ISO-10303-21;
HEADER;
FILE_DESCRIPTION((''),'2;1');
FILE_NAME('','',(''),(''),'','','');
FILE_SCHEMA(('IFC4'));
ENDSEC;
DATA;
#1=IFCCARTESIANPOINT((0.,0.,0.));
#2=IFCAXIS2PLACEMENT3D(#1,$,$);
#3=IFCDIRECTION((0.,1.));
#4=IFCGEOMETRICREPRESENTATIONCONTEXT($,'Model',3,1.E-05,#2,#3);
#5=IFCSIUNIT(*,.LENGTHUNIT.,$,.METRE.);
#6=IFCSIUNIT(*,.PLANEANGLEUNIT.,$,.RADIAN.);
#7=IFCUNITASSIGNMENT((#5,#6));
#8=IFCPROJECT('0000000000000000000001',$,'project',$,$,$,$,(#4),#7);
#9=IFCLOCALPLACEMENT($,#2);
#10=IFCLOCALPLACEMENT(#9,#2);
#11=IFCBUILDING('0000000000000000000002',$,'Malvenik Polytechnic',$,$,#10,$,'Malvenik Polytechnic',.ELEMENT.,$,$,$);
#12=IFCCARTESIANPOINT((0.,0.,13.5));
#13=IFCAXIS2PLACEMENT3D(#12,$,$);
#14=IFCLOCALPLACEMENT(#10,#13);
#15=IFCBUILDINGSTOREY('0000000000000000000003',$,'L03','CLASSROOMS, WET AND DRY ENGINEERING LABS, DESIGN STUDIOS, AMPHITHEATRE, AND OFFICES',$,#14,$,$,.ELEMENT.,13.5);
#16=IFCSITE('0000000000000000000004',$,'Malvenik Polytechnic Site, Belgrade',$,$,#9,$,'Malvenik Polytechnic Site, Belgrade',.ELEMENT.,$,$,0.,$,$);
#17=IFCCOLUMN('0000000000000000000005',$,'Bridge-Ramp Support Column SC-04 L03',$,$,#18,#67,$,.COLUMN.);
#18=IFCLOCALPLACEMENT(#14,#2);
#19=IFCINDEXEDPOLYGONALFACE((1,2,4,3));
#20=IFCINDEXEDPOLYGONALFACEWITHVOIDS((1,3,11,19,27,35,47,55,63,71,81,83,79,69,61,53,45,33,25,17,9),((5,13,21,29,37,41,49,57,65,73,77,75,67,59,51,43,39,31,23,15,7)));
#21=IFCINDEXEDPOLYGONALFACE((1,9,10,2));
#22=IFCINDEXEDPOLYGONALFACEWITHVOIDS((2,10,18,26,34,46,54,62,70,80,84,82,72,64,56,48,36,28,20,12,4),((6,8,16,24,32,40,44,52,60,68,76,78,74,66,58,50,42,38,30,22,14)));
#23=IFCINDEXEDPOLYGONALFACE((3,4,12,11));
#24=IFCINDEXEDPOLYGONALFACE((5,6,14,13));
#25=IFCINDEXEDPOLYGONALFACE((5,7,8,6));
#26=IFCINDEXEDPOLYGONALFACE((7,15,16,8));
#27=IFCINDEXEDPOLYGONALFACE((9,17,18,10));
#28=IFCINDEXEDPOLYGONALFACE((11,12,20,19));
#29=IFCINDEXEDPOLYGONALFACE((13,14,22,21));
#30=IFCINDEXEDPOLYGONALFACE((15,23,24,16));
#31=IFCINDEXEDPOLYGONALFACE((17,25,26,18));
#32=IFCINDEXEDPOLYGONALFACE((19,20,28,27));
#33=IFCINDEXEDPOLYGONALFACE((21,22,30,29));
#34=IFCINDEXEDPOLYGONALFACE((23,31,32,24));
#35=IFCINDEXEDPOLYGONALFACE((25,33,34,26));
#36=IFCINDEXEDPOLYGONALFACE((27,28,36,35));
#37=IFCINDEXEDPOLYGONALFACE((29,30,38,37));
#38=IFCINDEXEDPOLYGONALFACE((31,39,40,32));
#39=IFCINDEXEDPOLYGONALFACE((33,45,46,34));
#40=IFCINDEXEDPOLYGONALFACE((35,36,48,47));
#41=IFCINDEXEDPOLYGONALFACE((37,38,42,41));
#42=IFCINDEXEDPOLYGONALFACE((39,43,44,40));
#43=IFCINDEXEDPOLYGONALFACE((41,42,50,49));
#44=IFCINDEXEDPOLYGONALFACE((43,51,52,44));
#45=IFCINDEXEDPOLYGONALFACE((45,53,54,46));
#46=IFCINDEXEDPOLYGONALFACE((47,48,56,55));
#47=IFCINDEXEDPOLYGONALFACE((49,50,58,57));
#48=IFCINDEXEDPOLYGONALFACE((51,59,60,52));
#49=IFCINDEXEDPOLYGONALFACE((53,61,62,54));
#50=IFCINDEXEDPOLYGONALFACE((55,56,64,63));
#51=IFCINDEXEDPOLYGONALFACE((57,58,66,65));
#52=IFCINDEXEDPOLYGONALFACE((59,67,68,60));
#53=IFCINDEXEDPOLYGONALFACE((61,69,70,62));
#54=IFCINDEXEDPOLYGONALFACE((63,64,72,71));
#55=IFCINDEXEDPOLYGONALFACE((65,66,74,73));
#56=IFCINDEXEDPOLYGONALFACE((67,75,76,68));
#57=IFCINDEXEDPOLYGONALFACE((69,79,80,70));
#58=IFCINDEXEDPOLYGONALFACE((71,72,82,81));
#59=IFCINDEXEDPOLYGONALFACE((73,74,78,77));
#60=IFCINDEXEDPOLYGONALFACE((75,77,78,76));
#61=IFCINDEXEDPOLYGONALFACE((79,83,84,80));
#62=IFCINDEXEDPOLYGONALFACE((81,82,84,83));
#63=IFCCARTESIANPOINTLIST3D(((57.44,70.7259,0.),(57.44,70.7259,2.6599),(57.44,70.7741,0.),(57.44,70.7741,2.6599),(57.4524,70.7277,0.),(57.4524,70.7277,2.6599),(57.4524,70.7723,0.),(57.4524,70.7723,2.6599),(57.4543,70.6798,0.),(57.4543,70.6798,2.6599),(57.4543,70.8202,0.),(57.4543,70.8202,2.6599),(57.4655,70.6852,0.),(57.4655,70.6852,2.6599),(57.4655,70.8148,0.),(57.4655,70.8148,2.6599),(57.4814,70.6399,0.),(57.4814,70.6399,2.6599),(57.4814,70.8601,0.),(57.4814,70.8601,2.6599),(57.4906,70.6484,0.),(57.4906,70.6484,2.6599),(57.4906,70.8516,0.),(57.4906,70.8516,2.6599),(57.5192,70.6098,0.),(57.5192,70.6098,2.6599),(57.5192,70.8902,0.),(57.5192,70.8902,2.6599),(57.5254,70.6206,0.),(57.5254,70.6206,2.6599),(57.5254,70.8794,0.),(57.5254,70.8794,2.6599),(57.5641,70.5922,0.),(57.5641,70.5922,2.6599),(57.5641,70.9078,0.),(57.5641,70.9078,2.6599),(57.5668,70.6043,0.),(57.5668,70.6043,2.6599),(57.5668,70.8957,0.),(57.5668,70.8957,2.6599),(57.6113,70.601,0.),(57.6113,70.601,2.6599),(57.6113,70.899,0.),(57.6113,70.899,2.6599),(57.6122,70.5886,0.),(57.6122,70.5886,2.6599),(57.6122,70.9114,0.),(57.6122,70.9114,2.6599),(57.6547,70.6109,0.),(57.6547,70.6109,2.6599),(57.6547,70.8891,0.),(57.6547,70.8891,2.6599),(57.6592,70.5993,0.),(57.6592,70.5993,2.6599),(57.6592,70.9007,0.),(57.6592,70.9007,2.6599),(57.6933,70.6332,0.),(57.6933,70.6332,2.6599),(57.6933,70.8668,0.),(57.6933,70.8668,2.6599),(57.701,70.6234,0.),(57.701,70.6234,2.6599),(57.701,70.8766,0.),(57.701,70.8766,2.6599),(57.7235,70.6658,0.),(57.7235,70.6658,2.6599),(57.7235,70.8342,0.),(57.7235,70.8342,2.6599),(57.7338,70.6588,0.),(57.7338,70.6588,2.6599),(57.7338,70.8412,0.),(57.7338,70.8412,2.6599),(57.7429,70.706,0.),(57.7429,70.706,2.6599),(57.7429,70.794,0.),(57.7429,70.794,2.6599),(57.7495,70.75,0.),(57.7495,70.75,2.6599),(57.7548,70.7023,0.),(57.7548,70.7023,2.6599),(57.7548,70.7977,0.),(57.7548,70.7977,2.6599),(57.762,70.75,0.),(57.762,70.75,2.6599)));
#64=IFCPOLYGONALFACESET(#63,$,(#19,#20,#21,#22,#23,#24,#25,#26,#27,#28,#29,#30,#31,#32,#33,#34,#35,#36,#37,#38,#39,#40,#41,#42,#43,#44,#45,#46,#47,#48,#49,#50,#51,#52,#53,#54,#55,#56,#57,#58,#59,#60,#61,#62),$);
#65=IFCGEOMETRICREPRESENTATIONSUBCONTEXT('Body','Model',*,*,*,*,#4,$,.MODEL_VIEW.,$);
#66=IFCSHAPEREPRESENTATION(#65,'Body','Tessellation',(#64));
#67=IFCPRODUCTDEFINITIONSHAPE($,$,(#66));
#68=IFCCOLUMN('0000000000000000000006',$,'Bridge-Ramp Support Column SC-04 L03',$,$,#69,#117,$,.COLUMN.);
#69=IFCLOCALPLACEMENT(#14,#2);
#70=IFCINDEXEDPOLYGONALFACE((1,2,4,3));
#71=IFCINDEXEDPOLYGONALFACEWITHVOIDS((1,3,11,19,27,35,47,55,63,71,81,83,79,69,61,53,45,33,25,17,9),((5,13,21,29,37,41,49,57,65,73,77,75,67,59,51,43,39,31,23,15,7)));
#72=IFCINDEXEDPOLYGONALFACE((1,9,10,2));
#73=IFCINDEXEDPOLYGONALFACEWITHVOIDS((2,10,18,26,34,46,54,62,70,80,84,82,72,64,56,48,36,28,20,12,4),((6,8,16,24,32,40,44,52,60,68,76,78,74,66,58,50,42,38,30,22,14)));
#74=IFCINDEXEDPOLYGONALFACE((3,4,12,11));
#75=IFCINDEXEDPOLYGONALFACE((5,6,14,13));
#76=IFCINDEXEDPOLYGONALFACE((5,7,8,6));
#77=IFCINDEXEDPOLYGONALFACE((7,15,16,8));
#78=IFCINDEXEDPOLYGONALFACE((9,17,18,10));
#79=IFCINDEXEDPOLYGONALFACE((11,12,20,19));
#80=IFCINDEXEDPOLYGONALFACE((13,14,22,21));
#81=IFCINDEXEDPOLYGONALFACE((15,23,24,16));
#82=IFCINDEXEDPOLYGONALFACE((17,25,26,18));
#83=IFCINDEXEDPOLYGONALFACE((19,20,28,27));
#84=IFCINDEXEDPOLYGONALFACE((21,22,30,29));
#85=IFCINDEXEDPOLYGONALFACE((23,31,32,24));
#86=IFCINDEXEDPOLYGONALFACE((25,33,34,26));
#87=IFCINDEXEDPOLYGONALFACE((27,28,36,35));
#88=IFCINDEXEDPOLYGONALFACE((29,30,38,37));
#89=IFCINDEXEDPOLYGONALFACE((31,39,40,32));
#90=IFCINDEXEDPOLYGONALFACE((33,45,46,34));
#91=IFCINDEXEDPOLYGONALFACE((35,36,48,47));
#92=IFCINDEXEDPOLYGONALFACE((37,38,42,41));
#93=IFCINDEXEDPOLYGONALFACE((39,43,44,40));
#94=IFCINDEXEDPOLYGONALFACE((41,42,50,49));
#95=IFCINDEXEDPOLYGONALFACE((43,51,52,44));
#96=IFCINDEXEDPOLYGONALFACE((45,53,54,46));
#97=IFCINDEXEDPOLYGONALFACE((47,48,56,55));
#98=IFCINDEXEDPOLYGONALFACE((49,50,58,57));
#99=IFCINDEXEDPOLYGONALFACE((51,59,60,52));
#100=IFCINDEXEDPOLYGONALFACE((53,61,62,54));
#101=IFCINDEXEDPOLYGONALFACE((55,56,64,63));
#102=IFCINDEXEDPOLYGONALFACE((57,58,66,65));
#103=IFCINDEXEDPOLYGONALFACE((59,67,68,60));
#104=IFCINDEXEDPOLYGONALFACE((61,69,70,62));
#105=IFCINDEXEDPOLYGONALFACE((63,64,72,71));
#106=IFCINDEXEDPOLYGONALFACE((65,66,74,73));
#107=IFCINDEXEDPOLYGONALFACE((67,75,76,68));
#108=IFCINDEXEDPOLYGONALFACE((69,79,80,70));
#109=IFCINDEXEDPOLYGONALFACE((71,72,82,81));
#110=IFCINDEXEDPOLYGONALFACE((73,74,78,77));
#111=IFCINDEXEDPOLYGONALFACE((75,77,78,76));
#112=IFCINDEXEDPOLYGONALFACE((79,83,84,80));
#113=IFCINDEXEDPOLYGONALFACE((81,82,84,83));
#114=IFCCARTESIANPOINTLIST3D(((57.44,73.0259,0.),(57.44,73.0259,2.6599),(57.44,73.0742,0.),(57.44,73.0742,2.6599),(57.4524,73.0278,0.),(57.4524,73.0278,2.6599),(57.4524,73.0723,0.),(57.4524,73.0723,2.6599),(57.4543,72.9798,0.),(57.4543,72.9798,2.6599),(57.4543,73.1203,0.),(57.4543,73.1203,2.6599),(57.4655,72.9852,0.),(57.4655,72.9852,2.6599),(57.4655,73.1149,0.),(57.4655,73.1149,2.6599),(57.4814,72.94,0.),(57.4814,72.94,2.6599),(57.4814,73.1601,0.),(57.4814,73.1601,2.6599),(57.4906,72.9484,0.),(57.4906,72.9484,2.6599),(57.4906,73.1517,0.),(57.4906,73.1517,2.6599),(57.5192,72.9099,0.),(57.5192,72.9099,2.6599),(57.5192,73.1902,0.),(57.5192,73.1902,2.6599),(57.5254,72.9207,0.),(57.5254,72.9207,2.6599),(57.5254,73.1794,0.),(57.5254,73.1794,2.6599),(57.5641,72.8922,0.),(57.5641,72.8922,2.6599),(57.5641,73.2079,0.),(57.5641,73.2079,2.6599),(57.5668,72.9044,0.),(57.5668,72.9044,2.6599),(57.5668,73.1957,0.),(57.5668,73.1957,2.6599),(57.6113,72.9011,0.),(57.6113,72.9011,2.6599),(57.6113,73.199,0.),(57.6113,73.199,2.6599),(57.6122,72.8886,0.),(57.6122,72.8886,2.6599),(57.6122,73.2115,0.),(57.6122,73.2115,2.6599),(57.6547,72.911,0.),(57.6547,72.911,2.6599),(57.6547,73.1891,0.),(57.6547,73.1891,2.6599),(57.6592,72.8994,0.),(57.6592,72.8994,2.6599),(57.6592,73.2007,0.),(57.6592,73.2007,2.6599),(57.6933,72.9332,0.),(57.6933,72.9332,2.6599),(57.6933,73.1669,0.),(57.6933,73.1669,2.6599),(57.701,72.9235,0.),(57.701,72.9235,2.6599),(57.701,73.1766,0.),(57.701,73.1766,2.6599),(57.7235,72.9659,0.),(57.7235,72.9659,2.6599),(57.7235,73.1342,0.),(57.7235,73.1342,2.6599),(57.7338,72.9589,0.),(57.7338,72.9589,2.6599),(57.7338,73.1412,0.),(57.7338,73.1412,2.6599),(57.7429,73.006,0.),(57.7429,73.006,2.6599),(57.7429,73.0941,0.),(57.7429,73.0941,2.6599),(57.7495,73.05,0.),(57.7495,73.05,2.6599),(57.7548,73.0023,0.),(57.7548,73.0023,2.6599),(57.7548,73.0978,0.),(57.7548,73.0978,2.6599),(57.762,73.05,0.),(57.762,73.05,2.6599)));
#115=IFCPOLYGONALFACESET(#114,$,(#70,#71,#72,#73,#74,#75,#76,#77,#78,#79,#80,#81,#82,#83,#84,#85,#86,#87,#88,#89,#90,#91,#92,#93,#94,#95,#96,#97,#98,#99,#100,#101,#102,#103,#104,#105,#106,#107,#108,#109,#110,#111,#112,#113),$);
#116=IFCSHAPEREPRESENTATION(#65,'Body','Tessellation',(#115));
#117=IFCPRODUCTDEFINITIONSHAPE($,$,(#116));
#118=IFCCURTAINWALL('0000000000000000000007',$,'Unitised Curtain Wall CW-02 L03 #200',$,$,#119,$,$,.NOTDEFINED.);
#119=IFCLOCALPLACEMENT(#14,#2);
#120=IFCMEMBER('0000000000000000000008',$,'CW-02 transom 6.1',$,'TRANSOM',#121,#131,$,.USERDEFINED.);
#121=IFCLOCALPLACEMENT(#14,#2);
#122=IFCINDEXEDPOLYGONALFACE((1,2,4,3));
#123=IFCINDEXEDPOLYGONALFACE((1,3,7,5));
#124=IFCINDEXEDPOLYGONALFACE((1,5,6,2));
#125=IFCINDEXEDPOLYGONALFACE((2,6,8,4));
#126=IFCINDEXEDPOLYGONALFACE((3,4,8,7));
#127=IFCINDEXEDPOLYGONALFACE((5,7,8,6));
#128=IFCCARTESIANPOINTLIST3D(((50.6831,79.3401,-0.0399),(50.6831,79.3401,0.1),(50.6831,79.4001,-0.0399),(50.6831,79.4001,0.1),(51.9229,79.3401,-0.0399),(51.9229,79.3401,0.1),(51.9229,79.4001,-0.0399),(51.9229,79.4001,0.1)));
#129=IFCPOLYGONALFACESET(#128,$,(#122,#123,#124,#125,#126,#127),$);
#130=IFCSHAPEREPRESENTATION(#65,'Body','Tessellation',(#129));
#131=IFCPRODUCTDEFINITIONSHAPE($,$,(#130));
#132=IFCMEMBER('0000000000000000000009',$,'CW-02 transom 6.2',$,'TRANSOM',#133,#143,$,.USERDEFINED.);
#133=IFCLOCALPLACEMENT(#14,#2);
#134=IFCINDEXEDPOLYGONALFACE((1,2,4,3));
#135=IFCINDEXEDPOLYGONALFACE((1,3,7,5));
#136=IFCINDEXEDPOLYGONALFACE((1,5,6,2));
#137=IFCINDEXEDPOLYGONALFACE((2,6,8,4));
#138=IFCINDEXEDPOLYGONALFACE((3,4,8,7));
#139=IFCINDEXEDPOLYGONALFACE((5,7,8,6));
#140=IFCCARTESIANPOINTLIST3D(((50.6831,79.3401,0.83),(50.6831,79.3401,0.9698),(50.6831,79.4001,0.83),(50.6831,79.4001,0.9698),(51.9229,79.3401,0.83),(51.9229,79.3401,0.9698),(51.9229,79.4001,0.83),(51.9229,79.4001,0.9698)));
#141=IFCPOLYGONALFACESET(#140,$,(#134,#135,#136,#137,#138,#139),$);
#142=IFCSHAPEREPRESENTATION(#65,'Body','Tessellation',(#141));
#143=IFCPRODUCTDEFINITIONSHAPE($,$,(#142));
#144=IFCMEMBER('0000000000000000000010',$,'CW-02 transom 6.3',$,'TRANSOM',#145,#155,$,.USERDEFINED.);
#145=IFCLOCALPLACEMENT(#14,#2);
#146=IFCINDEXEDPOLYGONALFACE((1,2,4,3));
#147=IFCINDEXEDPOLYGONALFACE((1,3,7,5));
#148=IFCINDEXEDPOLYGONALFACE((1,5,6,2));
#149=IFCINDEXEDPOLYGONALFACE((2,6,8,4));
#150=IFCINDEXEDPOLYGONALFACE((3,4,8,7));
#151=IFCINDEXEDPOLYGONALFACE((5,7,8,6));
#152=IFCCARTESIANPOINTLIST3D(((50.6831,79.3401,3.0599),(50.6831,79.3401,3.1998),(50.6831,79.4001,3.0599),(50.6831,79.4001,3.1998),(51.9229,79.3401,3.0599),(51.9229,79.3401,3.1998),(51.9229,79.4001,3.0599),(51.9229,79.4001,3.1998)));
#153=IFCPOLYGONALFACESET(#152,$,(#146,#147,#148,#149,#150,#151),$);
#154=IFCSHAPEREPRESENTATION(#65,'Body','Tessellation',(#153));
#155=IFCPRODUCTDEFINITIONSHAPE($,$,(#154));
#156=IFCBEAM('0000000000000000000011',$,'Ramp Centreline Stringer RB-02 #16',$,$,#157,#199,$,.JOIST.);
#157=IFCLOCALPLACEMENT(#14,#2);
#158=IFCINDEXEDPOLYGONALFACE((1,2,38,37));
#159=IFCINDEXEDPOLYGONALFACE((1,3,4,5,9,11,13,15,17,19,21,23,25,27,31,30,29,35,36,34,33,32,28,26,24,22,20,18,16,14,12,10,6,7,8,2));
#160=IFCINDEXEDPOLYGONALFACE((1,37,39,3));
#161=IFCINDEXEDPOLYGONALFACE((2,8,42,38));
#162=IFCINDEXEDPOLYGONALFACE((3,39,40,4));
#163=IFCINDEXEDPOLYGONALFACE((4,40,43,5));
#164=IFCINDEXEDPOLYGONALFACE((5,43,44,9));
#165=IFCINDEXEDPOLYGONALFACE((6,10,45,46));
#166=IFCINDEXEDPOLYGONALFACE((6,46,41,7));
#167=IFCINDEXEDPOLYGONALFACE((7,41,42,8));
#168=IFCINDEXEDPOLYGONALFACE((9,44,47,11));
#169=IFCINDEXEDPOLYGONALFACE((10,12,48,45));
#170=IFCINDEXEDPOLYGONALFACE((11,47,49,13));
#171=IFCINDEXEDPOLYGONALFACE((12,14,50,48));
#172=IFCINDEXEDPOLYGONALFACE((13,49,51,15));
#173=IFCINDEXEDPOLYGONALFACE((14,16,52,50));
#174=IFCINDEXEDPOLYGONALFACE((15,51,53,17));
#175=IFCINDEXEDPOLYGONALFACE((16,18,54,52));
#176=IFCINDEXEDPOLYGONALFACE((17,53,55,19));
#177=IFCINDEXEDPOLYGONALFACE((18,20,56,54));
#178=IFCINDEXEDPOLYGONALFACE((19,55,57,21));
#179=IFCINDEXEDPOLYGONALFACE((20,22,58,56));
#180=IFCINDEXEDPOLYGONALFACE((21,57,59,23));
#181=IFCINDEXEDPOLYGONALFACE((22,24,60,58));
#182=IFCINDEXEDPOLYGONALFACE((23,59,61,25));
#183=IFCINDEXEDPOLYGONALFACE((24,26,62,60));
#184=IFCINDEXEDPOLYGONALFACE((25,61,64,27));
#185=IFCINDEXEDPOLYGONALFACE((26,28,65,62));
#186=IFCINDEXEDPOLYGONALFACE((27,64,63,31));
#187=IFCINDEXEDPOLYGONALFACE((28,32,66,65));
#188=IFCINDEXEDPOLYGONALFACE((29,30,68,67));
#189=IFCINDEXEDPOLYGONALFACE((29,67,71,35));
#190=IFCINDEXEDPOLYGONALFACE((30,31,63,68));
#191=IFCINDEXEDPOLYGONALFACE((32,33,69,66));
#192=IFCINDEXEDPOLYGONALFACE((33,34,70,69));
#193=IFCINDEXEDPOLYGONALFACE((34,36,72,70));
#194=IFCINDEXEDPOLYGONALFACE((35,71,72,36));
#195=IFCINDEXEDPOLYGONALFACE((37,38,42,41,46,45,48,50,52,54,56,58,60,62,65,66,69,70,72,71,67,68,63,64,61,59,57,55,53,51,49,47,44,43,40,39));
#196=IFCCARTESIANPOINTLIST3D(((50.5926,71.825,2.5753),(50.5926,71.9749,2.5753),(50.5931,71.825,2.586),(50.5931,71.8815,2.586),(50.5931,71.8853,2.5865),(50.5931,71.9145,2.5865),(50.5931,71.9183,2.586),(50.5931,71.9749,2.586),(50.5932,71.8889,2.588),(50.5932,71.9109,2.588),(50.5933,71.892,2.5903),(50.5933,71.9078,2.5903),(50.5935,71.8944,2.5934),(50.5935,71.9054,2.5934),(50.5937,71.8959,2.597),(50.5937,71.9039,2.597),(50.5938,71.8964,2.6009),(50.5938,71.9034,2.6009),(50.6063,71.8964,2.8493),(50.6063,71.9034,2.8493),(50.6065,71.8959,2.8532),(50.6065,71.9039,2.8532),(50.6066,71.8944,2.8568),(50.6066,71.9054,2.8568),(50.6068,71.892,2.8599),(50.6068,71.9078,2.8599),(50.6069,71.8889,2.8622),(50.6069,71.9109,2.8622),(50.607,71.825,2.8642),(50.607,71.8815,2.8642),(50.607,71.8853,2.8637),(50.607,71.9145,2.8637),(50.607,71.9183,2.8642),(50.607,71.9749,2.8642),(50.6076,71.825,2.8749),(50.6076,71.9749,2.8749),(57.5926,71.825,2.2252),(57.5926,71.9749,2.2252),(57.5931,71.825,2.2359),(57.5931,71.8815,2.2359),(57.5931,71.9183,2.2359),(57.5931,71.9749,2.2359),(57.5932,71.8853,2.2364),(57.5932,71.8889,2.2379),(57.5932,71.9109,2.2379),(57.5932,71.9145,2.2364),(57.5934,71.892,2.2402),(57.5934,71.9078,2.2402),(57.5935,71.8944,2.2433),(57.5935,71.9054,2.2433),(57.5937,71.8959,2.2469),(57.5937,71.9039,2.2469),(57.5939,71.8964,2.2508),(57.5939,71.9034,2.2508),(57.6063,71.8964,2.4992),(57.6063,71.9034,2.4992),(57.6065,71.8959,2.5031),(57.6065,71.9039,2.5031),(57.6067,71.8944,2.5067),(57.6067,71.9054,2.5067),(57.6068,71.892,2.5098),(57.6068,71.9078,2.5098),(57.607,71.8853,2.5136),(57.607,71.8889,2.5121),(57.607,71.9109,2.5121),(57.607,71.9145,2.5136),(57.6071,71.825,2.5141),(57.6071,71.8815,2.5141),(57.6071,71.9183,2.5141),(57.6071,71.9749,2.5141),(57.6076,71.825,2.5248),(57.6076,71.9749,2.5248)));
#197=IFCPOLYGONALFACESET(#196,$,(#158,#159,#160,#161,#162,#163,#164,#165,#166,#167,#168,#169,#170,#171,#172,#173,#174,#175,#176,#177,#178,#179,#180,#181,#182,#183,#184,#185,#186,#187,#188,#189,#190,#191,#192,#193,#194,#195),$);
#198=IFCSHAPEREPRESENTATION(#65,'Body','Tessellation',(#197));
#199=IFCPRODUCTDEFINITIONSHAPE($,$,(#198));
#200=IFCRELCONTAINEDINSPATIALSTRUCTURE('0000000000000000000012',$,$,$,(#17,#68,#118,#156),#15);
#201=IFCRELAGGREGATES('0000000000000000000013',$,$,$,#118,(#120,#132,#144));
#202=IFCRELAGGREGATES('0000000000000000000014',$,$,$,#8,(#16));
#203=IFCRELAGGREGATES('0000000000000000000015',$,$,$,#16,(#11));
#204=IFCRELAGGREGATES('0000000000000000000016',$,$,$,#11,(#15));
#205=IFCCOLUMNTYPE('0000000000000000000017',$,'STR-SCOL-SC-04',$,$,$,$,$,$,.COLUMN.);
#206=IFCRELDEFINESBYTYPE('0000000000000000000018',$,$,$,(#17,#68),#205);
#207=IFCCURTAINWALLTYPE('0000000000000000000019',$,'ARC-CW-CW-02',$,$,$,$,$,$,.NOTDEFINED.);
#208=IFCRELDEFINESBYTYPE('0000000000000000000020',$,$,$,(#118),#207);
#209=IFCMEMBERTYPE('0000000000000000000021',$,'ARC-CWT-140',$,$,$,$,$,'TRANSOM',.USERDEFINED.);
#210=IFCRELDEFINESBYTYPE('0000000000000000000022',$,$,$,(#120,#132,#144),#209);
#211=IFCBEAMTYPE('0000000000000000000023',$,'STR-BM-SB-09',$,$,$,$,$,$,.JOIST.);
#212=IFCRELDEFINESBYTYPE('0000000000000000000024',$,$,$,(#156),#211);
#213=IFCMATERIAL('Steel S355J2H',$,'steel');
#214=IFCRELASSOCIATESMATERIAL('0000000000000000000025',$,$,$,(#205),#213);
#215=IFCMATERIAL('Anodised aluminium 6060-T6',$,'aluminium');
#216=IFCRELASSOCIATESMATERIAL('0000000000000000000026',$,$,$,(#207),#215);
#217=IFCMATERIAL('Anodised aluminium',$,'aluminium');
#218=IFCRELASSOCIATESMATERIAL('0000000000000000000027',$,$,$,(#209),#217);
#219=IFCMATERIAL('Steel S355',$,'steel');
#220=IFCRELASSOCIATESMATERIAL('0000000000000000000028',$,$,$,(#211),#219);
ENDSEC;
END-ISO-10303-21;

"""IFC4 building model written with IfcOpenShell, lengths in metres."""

from ifc_helpers import new_model, si_unit, direction, frame, origin, origin_2d, place, context, subcontext, project, spatial, rectangle, hollow_circle, i_section, extrude, material, material_profile, profile_set, type_object, element, aggregate, save


model = new_model("IFC4")

# Units and contexts
model_context = context("Model", 3, precision=1e-05, world=origin(), true_north=direction((0.0, 1.0)))
body_context = subcontext(model_context, "Body", "Model", "MODEL_VIEW")
ifc_project = project(units=[si_unit("LENGTHUNIT", "METRE"), si_unit("PLANEANGLEUNIT", "RADIAN")], contexts=[model_context])

# Site, building, storey
site_placement = place(None, origin())
site = spatial("IfcSite", under=ifc_project, at=site_placement, Name="Malvenik Polytechnic Site, Belgrade", LongName="Malvenik Polytechnic Site, Belgrade", CompositionType="ELEMENT", RefElevation=0.0)
building_placement = place(site_placement, origin())
building = spatial("IfcBuilding", under=site, at=building_placement, Name="Malvenik Polytechnic", LongName="Malvenik Polytechnic", CompositionType="ELEMENT")
storey_placement = place(building_placement, frame((0.0, 0.0, 13.5)))
storey = spatial("IfcBuildingStorey", under=building, at=storey_placement, Name="L03", Description="CLASSROOMS, WET AND DRY ENGINEERING LABS, DESIGN STUDIOS, AMPHITHEATRE, AND OFFICES", CompositionType="ELEMENT", Elevation=13.5)

# Columns
ifc_material_1 = material(Name="Steel S355J2H", Category="steel")
ifc_material_profile_1 = material_profile(ifc_material_1, hollow_circle(Radius=0.1619, WallThickness=0.0125, at=origin_2d()), Name="CHS 323.9x12.5")
ifc_profile_set_1 = profile_set([ifc_material_profile_1], Name="Steel S355J2H")
column_type = type_object("IfcColumnType", Name="STR-SCOL-SC-04", PredefinedType="COLUMN", material=ifc_profile_set_1)
for number, where, z_axis, x_axis, name in (
    (1, (57.6001, 70.75, 0.0), (0.0, 0.0, 1.0), (1.0, 0.0, 0.0), "Bridge-Ramp Support Column SC-04 L03"),
    (2, (57.6001, 73.05, 0.0), (0.0, 0.0, 1.0), (1.0, 0.0, 0.0), "Bridge-Ramp Support Column SC-04 L03"),
):
    element("IfcColumn", number, at=place(storey_placement, frame(where, z_axis=z_axis, x_axis=x_axis)), inside=storey, type_object=column_type, Name=name, PredefinedType="COLUMN", context=body_context, shape_type="SweptSolid", body=[
        extrude(hollow_circle(Radius=0.1619, WallThickness=0.0125, at=origin_2d()), origin(), (0.0, 0.0, 1.0), 2.6599),
    ])

# Curtain wall, members
ifc_material_2 = material(Name="Anodised aluminium 6060-T6", Category="aluminium")
curtain_wall_type = type_object("IfcCurtainWallType", Name="ARC-CW-CW-02", PredefinedType="NOTDEFINED", material=ifc_material_2)
curtain_wall_placement = place(storey_placement, origin())
curtain_wall = element("IfcCurtainWall", 3, at=curtain_wall_placement, inside=storey, type_object=curtain_wall_type, Name="Unitised Curtain Wall CW-02 L03 #200", PredefinedType="NOTDEFINED")
ifc_material_3 = material(Name="Anodised aluminium", Category="aluminium")
ifc_material_profile_2 = material_profile(ifc_material_3, rectangle(XDim=0.0601, YDim=0.1399, at=origin_2d()), Name="ALU TRANSOM 60x140")
ifc_profile_set_2 = profile_set([ifc_material_profile_2], Name="Anodised aluminium")
member_type_1 = type_object("IfcMemberType", Name="ARC-CWT-140", ElementType="TRANSOM", PredefinedType="USERDEFINED", material=ifc_profile_set_2)
member_1_placement = place(storey_placement, frame((51.9229, 79.3701, 0.03), z_axis=(-1.0, 0.0, 0.0), x_axis=(0.0, -1.0, 0.0)))
member_1 = element("IfcMember", 4, at=member_1_placement, type_object=member_type_1, Name="CW-02 transom 6.1", ObjectType="TRANSOM", PredefinedType="USERDEFINED", context=body_context, shape_type="SweptSolid", body=[
    extrude(rectangle(XDim=0.0601, YDim=0.1399, at=origin_2d()), origin(), (0.0, 0.0, 1.0), 1.2397),
])
member_2_placement = place(storey_placement, frame((51.9229, 79.3701, 0.8999), z_axis=(-1.0, 0.0, 0.0), x_axis=(0.0, -1.0, 0.0)))
member_2 = element("IfcMember", 5, at=member_2_placement, type_object=member_type_1, Name="CW-02 transom 6.2", ObjectType="TRANSOM", PredefinedType="USERDEFINED", context=body_context, shape_type="SweptSolid", body=[
    extrude(rectangle(XDim=0.0601, YDim=0.1399, at=origin_2d()), origin(), (0.0, 0.0, 1.0), 1.2397),
])
member_3_placement = place(storey_placement, frame((51.9229, 79.3701, 3.1299), z_axis=(-1.0, 0.0, 0.0), x_axis=(0.0, -1.0, 0.0)))
member_3 = element("IfcMember", 6, at=member_3_placement, type_object=member_type_1, Name="CW-02 transom 6.3", ObjectType="TRANSOM", PredefinedType="USERDEFINED", context=body_context, shape_type="SweptSolid", body=[
    extrude(rectangle(XDim=0.0601, YDim=0.1399, at=origin_2d()), origin(), (0.0, 0.0, 1.0), 1.2397),
])
aggregate(curtain_wall, [member_1, member_2, member_3])

# Beam
ifc_material_4 = material(Name="Steel S355", Category="steel")
ifc_material_profile_3 = material_profile(ifc_material_4, i_section(OverallWidth=0.1499, OverallDepth=0.3, WebThickness=0.0071, FlangeThickness=0.0107, FilletRadius=0.0149, at=origin_2d()), Name="IPE 300")
ifc_profile_set_3 = profile_set([ifc_material_profile_3], Name="Steel S355")
beam_type = type_object("IfcBeamType", Name="STR-BM-SB-09", PredefinedType="JOIST", material=ifc_profile_set_3)
beam_placement = place(storey_placement, frame((57.6001, 71.8999, 2.375), z_axis=(-0.998752, 0.0, 0.049952), x_axis=(0.0, -1.0, 0.0)))
element("IfcBeam", 7, at=beam_placement, inside=storey, type_object=beam_type, Name="Ramp Centreline Stringer RB-02 #16", PredefinedType="JOIST", context=body_context, shape_type="SweptSolid", body=[
    extrude(i_section(OverallWidth=0.1499, OverallDepth=0.3, WebThickness=0.0071, FlangeThickness=0.0107, FilletRadius=0.0149, at=origin_2d()), origin(), (0.0, 0.0, 1.0), 7.0088),
])

save(model, "model.ifc")
